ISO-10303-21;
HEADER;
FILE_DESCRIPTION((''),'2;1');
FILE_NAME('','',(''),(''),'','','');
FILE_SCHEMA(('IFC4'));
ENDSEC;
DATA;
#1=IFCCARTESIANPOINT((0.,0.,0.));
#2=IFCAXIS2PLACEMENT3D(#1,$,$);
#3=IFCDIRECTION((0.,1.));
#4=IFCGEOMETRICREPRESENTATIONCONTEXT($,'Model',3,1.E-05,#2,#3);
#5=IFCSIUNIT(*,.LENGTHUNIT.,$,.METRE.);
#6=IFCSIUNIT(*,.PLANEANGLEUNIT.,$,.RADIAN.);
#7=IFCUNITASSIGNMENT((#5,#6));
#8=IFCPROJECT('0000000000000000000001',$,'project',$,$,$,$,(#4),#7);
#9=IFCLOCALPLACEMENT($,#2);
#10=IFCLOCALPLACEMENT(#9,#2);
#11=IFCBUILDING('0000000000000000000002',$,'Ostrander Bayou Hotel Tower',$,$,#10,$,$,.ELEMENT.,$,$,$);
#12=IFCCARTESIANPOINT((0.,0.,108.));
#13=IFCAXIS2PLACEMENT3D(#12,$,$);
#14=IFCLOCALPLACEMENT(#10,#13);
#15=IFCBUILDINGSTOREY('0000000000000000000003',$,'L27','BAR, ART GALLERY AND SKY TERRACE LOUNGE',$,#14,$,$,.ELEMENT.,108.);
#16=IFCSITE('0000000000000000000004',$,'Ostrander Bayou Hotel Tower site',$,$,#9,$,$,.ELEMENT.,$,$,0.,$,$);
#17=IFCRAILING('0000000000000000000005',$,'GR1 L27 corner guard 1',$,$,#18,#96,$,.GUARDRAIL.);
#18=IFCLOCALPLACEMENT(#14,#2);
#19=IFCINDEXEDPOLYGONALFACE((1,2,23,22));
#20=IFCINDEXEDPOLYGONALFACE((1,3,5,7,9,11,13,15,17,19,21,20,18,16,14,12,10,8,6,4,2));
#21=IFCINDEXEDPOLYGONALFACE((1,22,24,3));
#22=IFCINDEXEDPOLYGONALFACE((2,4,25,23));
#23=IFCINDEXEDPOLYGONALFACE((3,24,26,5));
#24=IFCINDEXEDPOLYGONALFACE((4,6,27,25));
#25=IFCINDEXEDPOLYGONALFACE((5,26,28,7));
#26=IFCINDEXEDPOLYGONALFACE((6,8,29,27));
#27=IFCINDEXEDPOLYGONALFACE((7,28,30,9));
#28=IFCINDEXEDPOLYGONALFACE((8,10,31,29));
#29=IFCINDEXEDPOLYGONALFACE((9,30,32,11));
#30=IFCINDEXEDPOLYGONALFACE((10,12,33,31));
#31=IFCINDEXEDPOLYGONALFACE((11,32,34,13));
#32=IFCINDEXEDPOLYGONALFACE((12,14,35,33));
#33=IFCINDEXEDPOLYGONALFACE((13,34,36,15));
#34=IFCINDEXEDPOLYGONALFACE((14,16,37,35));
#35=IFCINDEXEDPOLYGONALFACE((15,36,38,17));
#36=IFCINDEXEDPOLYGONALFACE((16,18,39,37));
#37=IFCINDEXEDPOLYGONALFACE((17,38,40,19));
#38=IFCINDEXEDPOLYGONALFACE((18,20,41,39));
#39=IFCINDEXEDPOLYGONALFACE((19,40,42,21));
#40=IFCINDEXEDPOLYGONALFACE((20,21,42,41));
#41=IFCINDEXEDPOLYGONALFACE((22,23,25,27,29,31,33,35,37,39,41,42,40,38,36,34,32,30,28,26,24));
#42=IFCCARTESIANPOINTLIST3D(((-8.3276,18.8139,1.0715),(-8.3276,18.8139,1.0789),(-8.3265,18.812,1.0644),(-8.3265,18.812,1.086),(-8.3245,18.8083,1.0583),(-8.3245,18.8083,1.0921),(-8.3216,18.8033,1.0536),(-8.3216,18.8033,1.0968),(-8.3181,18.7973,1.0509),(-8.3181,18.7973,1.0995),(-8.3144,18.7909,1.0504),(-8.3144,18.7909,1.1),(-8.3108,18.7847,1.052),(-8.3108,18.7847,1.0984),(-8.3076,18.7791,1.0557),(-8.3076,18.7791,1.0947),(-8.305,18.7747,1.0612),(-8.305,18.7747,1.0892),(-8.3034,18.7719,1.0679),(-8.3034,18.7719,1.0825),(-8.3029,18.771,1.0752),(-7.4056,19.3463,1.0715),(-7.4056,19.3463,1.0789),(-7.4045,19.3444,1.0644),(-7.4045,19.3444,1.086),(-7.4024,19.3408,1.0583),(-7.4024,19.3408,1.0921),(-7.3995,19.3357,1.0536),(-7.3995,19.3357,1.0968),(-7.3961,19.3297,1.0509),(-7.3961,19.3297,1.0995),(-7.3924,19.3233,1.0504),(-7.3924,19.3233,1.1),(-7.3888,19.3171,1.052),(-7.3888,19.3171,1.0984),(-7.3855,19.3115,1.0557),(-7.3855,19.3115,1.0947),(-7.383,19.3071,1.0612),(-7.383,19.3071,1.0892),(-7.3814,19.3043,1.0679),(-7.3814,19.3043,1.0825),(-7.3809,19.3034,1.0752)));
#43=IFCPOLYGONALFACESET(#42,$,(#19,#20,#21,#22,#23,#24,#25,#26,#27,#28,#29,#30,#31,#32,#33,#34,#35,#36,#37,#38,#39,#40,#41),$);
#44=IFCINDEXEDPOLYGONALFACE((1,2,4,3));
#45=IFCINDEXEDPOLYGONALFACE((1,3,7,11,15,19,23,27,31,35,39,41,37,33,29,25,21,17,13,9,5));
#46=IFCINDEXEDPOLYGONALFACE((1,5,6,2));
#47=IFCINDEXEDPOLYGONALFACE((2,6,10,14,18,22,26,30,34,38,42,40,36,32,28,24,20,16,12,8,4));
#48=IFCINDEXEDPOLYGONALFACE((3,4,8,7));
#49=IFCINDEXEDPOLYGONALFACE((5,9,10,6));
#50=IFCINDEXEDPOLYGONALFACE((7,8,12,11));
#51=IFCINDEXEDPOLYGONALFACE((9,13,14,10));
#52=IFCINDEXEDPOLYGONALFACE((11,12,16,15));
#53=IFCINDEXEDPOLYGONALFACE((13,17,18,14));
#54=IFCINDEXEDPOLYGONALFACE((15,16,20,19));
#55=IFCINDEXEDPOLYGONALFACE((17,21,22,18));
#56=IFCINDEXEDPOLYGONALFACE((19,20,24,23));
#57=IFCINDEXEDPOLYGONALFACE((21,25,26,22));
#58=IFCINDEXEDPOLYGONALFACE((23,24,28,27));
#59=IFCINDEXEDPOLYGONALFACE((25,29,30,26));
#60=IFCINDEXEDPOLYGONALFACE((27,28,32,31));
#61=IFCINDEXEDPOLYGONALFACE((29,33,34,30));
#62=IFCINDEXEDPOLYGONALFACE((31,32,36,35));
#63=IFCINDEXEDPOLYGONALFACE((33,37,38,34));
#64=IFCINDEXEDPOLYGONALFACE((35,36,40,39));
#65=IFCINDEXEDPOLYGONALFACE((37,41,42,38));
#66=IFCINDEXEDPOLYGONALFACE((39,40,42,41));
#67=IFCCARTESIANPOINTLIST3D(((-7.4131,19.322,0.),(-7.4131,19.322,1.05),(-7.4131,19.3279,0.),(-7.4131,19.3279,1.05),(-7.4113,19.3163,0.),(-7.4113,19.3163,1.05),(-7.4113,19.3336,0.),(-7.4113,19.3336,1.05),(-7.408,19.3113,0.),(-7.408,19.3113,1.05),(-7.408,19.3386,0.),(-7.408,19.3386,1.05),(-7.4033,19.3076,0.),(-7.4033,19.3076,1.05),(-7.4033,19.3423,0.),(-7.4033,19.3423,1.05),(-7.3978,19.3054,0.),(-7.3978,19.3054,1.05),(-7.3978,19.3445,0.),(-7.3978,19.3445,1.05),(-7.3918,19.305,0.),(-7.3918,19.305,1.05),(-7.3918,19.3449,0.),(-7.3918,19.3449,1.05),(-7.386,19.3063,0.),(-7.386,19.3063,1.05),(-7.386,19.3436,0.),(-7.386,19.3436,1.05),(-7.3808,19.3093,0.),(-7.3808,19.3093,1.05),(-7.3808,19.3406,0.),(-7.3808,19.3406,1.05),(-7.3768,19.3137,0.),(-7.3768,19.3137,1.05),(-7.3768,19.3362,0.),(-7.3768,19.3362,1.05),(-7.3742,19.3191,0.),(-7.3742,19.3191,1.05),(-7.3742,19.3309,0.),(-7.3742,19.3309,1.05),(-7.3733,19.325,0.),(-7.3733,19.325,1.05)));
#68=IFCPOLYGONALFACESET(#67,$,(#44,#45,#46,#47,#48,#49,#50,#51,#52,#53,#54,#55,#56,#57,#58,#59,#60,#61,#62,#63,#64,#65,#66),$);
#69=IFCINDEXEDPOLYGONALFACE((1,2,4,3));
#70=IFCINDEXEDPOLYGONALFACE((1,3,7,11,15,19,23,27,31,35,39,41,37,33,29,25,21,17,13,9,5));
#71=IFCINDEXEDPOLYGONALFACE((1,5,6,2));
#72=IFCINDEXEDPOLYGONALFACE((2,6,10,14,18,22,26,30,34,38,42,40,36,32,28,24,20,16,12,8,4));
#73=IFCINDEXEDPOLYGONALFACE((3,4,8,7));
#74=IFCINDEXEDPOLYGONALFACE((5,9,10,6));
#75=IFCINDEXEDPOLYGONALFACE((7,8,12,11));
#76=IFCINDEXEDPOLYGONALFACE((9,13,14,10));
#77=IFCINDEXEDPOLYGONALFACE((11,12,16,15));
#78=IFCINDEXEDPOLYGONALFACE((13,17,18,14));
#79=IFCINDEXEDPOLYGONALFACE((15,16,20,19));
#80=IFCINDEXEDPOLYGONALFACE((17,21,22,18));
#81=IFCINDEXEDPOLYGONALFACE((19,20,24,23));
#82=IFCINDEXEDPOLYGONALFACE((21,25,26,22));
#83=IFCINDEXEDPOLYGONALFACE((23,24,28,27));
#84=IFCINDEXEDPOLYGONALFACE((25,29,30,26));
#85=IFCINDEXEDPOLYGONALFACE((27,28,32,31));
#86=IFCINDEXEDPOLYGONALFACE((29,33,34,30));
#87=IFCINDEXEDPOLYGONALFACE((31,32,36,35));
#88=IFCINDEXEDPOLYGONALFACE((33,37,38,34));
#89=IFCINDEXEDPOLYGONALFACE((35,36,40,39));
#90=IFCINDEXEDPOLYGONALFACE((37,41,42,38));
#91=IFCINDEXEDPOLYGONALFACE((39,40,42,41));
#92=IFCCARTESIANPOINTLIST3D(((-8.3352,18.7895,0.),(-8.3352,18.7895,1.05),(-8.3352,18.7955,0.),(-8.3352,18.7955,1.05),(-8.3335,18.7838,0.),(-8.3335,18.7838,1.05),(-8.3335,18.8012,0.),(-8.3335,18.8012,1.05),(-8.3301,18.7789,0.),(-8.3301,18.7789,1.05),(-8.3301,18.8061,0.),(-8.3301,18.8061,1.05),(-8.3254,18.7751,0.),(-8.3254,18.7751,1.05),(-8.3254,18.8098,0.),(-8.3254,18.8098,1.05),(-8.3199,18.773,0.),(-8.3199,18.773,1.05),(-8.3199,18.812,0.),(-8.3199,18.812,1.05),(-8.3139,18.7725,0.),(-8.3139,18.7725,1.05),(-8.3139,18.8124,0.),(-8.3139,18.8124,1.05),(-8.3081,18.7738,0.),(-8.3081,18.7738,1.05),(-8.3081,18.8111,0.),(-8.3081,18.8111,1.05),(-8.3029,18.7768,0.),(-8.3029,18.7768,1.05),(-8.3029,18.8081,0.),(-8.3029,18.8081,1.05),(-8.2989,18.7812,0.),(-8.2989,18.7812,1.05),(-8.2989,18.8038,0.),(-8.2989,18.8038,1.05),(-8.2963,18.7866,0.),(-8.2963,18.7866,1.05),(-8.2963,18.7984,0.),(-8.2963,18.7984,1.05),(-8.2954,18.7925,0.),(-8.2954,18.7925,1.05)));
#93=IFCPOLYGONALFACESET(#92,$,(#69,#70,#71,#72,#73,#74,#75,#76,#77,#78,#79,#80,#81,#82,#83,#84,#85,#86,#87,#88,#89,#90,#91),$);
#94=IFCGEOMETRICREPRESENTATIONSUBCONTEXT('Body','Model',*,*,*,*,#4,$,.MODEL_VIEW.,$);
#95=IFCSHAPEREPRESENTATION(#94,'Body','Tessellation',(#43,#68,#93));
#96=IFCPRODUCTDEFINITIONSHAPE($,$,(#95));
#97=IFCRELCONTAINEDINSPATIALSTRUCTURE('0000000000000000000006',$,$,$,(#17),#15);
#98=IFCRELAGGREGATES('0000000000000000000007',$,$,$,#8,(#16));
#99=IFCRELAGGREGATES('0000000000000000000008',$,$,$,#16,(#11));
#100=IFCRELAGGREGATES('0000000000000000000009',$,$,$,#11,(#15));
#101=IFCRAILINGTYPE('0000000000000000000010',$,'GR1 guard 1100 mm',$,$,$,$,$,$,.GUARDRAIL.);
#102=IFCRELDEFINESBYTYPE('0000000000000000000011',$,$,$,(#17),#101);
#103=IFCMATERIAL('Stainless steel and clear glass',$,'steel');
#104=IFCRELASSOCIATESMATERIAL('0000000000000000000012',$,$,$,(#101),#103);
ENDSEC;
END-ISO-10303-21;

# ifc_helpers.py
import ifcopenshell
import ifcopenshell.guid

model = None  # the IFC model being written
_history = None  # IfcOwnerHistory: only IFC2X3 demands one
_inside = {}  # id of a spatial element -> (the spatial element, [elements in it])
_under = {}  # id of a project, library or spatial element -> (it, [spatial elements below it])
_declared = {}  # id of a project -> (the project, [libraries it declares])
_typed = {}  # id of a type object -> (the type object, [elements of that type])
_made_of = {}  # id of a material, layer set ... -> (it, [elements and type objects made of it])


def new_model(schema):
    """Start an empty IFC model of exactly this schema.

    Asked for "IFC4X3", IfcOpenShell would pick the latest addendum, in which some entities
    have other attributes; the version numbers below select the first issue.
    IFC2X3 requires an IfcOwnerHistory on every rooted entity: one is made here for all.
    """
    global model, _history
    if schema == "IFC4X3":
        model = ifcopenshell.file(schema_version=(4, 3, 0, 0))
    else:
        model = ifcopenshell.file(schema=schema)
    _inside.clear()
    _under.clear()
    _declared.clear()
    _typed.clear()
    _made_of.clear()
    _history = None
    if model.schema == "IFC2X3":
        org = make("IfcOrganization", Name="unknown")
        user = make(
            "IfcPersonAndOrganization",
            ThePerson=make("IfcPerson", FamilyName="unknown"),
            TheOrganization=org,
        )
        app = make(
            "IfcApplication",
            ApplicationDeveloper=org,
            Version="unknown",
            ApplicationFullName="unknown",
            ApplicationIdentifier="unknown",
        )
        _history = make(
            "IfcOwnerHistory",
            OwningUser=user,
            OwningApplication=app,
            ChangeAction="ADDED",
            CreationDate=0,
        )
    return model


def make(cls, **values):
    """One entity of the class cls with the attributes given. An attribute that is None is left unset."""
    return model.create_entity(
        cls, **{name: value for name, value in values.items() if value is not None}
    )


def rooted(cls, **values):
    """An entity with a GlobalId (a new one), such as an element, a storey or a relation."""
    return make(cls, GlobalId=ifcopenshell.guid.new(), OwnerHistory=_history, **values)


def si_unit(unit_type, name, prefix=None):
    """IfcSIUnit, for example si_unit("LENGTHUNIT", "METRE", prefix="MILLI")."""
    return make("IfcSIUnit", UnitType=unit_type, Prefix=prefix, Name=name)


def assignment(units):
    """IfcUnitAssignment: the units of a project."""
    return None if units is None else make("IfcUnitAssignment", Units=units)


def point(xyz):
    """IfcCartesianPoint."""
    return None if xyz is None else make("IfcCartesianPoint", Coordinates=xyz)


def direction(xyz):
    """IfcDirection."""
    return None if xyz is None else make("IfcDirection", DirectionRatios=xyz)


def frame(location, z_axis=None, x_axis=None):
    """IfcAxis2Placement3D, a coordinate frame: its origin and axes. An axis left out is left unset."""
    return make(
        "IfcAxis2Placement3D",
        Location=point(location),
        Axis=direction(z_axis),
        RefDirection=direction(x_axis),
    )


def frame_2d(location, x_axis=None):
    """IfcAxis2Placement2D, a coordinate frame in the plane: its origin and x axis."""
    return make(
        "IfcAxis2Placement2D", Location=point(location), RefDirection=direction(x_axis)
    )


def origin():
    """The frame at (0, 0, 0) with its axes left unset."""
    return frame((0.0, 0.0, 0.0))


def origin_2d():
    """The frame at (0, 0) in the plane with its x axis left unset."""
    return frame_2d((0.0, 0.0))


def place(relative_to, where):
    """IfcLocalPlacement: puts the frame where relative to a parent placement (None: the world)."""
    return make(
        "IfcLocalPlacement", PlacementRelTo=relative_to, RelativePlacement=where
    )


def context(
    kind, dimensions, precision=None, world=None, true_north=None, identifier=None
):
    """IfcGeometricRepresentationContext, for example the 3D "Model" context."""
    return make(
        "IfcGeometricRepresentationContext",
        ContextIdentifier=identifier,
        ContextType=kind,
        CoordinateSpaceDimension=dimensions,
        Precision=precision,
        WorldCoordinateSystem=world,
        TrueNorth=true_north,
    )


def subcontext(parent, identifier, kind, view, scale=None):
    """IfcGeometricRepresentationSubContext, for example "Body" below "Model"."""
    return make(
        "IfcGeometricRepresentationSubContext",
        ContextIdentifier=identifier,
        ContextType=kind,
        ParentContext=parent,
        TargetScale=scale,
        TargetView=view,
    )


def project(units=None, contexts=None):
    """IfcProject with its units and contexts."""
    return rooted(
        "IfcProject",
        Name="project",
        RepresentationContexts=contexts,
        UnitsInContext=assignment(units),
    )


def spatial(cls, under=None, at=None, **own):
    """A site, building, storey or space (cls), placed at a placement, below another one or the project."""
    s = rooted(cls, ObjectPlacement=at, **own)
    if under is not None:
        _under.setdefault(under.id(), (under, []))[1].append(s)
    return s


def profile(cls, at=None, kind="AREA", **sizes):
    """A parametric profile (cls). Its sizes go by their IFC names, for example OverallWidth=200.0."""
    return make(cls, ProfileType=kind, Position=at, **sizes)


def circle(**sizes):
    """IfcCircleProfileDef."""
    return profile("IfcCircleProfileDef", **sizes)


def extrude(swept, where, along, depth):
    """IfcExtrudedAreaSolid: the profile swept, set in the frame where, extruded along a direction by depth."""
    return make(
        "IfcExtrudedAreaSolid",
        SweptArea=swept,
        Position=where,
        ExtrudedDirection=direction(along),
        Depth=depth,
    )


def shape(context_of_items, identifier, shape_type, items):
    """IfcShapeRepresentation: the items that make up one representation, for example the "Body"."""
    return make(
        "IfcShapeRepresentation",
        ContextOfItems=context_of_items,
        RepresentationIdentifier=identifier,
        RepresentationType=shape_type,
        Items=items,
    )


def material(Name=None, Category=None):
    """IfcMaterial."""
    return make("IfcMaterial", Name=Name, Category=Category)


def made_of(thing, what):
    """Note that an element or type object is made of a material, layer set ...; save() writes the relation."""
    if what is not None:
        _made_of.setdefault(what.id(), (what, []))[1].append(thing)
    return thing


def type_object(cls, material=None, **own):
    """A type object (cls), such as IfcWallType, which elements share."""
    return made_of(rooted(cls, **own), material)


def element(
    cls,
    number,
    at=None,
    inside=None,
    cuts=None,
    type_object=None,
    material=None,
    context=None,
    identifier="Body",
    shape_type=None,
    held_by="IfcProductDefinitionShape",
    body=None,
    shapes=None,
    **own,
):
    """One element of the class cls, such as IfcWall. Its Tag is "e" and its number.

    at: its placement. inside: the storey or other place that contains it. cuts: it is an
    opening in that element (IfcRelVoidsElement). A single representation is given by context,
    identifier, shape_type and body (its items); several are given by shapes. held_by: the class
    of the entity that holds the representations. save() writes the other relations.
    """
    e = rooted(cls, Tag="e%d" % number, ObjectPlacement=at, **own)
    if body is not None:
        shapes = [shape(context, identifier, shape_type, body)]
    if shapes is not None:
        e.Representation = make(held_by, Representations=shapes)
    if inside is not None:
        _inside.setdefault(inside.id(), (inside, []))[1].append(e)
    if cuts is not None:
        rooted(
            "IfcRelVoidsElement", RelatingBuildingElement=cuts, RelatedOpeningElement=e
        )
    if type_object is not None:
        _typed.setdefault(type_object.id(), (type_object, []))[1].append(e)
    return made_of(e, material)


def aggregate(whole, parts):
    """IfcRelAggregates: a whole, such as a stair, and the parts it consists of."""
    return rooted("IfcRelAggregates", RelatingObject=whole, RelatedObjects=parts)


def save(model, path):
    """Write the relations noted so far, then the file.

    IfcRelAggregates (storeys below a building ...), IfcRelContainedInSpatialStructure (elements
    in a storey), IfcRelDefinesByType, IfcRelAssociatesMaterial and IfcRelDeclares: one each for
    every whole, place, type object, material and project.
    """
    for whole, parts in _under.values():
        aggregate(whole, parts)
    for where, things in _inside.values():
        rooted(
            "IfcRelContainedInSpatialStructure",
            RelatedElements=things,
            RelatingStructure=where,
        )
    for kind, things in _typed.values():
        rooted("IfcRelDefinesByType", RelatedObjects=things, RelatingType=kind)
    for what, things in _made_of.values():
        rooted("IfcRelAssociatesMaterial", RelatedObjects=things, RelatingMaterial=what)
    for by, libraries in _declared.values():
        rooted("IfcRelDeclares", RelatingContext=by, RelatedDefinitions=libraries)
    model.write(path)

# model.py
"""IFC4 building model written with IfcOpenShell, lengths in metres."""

from ifc_helpers import new_model, si_unit, direction, frame, origin, origin_2d, place, context, subcontext, project, spatial, circle, extrude, material, type_object, element, save


model = new_model("IFC4")

# Units and contexts
model_context = context("Model", 3, precision=1e-05, world=origin(), true_north=direction((0.0, 1.0)))
body_context = subcontext(model_context, "Body", "Model", "MODEL_VIEW")
ifc_project = project(units=[si_unit("LENGTHUNIT", "METRE"), si_unit("PLANEANGLEUNIT", "RADIAN")], contexts=[model_context])

# Site, building, storey
site_placement = place(None, origin())
site = spatial("IfcSite", under=ifc_project, at=site_placement, Name="Ostrander Bayou Hotel Tower site", CompositionType="ELEMENT", RefElevation=0.0)
building_placement = place(site_placement, origin())
building = spatial("IfcBuilding", under=site, at=building_placement, Name="Ostrander Bayou Hotel Tower", CompositionType="ELEMENT")
storey_placement = place(building_placement, frame((0.0, 0.0, 108.0)))
storey = spatial("IfcBuildingStorey", under=building, at=storey_placement, Name="L27", Description="BAR, ART GALLERY AND SKY TERRACE LOUNGE", CompositionType="ELEMENT", Elevation=108.0)

# Railing
ifc_material_1 = material(Name="Stainless steel and clear glass", Category="steel")
railing_type = type_object("IfcRailingType", Name="GR1 guard 1100 mm", PredefinedType="GUARDRAIL", material=ifc_material_1)
railing_1_placement = place(storey_placement, frame((-7.3933, 19.325, 0.0)))
element("IfcRailing", 1, at=railing_1_placement, inside=storey, type_object=railing_type, Name="GR1 L27 corner guard 1", PredefinedType="GUARDRAIL", context=body_context, shape_type="SweptSolid", body=[
    extrude(circle(Radius=0.0249, at=origin_2d()), frame((0.0, 0.0, 1.0752), z_axis=(-0.865991, -0.50006, 0.0), x_axis=(0.50006, -0.865991, 0.0)), (0.0, 0.0, 1.0), 1.0647),
    extrude(circle(Radius=0.02, at=origin_2d()), origin(), (0.0, 0.0, 1.0), 1.05),
    extrude(circle(Radius=0.02, at=origin_2d()), frame((-0.9221, -0.5325, 0.0)), (0.0, 0.0, 1.0), 1.05),
])

save(model, "model.ifc")
